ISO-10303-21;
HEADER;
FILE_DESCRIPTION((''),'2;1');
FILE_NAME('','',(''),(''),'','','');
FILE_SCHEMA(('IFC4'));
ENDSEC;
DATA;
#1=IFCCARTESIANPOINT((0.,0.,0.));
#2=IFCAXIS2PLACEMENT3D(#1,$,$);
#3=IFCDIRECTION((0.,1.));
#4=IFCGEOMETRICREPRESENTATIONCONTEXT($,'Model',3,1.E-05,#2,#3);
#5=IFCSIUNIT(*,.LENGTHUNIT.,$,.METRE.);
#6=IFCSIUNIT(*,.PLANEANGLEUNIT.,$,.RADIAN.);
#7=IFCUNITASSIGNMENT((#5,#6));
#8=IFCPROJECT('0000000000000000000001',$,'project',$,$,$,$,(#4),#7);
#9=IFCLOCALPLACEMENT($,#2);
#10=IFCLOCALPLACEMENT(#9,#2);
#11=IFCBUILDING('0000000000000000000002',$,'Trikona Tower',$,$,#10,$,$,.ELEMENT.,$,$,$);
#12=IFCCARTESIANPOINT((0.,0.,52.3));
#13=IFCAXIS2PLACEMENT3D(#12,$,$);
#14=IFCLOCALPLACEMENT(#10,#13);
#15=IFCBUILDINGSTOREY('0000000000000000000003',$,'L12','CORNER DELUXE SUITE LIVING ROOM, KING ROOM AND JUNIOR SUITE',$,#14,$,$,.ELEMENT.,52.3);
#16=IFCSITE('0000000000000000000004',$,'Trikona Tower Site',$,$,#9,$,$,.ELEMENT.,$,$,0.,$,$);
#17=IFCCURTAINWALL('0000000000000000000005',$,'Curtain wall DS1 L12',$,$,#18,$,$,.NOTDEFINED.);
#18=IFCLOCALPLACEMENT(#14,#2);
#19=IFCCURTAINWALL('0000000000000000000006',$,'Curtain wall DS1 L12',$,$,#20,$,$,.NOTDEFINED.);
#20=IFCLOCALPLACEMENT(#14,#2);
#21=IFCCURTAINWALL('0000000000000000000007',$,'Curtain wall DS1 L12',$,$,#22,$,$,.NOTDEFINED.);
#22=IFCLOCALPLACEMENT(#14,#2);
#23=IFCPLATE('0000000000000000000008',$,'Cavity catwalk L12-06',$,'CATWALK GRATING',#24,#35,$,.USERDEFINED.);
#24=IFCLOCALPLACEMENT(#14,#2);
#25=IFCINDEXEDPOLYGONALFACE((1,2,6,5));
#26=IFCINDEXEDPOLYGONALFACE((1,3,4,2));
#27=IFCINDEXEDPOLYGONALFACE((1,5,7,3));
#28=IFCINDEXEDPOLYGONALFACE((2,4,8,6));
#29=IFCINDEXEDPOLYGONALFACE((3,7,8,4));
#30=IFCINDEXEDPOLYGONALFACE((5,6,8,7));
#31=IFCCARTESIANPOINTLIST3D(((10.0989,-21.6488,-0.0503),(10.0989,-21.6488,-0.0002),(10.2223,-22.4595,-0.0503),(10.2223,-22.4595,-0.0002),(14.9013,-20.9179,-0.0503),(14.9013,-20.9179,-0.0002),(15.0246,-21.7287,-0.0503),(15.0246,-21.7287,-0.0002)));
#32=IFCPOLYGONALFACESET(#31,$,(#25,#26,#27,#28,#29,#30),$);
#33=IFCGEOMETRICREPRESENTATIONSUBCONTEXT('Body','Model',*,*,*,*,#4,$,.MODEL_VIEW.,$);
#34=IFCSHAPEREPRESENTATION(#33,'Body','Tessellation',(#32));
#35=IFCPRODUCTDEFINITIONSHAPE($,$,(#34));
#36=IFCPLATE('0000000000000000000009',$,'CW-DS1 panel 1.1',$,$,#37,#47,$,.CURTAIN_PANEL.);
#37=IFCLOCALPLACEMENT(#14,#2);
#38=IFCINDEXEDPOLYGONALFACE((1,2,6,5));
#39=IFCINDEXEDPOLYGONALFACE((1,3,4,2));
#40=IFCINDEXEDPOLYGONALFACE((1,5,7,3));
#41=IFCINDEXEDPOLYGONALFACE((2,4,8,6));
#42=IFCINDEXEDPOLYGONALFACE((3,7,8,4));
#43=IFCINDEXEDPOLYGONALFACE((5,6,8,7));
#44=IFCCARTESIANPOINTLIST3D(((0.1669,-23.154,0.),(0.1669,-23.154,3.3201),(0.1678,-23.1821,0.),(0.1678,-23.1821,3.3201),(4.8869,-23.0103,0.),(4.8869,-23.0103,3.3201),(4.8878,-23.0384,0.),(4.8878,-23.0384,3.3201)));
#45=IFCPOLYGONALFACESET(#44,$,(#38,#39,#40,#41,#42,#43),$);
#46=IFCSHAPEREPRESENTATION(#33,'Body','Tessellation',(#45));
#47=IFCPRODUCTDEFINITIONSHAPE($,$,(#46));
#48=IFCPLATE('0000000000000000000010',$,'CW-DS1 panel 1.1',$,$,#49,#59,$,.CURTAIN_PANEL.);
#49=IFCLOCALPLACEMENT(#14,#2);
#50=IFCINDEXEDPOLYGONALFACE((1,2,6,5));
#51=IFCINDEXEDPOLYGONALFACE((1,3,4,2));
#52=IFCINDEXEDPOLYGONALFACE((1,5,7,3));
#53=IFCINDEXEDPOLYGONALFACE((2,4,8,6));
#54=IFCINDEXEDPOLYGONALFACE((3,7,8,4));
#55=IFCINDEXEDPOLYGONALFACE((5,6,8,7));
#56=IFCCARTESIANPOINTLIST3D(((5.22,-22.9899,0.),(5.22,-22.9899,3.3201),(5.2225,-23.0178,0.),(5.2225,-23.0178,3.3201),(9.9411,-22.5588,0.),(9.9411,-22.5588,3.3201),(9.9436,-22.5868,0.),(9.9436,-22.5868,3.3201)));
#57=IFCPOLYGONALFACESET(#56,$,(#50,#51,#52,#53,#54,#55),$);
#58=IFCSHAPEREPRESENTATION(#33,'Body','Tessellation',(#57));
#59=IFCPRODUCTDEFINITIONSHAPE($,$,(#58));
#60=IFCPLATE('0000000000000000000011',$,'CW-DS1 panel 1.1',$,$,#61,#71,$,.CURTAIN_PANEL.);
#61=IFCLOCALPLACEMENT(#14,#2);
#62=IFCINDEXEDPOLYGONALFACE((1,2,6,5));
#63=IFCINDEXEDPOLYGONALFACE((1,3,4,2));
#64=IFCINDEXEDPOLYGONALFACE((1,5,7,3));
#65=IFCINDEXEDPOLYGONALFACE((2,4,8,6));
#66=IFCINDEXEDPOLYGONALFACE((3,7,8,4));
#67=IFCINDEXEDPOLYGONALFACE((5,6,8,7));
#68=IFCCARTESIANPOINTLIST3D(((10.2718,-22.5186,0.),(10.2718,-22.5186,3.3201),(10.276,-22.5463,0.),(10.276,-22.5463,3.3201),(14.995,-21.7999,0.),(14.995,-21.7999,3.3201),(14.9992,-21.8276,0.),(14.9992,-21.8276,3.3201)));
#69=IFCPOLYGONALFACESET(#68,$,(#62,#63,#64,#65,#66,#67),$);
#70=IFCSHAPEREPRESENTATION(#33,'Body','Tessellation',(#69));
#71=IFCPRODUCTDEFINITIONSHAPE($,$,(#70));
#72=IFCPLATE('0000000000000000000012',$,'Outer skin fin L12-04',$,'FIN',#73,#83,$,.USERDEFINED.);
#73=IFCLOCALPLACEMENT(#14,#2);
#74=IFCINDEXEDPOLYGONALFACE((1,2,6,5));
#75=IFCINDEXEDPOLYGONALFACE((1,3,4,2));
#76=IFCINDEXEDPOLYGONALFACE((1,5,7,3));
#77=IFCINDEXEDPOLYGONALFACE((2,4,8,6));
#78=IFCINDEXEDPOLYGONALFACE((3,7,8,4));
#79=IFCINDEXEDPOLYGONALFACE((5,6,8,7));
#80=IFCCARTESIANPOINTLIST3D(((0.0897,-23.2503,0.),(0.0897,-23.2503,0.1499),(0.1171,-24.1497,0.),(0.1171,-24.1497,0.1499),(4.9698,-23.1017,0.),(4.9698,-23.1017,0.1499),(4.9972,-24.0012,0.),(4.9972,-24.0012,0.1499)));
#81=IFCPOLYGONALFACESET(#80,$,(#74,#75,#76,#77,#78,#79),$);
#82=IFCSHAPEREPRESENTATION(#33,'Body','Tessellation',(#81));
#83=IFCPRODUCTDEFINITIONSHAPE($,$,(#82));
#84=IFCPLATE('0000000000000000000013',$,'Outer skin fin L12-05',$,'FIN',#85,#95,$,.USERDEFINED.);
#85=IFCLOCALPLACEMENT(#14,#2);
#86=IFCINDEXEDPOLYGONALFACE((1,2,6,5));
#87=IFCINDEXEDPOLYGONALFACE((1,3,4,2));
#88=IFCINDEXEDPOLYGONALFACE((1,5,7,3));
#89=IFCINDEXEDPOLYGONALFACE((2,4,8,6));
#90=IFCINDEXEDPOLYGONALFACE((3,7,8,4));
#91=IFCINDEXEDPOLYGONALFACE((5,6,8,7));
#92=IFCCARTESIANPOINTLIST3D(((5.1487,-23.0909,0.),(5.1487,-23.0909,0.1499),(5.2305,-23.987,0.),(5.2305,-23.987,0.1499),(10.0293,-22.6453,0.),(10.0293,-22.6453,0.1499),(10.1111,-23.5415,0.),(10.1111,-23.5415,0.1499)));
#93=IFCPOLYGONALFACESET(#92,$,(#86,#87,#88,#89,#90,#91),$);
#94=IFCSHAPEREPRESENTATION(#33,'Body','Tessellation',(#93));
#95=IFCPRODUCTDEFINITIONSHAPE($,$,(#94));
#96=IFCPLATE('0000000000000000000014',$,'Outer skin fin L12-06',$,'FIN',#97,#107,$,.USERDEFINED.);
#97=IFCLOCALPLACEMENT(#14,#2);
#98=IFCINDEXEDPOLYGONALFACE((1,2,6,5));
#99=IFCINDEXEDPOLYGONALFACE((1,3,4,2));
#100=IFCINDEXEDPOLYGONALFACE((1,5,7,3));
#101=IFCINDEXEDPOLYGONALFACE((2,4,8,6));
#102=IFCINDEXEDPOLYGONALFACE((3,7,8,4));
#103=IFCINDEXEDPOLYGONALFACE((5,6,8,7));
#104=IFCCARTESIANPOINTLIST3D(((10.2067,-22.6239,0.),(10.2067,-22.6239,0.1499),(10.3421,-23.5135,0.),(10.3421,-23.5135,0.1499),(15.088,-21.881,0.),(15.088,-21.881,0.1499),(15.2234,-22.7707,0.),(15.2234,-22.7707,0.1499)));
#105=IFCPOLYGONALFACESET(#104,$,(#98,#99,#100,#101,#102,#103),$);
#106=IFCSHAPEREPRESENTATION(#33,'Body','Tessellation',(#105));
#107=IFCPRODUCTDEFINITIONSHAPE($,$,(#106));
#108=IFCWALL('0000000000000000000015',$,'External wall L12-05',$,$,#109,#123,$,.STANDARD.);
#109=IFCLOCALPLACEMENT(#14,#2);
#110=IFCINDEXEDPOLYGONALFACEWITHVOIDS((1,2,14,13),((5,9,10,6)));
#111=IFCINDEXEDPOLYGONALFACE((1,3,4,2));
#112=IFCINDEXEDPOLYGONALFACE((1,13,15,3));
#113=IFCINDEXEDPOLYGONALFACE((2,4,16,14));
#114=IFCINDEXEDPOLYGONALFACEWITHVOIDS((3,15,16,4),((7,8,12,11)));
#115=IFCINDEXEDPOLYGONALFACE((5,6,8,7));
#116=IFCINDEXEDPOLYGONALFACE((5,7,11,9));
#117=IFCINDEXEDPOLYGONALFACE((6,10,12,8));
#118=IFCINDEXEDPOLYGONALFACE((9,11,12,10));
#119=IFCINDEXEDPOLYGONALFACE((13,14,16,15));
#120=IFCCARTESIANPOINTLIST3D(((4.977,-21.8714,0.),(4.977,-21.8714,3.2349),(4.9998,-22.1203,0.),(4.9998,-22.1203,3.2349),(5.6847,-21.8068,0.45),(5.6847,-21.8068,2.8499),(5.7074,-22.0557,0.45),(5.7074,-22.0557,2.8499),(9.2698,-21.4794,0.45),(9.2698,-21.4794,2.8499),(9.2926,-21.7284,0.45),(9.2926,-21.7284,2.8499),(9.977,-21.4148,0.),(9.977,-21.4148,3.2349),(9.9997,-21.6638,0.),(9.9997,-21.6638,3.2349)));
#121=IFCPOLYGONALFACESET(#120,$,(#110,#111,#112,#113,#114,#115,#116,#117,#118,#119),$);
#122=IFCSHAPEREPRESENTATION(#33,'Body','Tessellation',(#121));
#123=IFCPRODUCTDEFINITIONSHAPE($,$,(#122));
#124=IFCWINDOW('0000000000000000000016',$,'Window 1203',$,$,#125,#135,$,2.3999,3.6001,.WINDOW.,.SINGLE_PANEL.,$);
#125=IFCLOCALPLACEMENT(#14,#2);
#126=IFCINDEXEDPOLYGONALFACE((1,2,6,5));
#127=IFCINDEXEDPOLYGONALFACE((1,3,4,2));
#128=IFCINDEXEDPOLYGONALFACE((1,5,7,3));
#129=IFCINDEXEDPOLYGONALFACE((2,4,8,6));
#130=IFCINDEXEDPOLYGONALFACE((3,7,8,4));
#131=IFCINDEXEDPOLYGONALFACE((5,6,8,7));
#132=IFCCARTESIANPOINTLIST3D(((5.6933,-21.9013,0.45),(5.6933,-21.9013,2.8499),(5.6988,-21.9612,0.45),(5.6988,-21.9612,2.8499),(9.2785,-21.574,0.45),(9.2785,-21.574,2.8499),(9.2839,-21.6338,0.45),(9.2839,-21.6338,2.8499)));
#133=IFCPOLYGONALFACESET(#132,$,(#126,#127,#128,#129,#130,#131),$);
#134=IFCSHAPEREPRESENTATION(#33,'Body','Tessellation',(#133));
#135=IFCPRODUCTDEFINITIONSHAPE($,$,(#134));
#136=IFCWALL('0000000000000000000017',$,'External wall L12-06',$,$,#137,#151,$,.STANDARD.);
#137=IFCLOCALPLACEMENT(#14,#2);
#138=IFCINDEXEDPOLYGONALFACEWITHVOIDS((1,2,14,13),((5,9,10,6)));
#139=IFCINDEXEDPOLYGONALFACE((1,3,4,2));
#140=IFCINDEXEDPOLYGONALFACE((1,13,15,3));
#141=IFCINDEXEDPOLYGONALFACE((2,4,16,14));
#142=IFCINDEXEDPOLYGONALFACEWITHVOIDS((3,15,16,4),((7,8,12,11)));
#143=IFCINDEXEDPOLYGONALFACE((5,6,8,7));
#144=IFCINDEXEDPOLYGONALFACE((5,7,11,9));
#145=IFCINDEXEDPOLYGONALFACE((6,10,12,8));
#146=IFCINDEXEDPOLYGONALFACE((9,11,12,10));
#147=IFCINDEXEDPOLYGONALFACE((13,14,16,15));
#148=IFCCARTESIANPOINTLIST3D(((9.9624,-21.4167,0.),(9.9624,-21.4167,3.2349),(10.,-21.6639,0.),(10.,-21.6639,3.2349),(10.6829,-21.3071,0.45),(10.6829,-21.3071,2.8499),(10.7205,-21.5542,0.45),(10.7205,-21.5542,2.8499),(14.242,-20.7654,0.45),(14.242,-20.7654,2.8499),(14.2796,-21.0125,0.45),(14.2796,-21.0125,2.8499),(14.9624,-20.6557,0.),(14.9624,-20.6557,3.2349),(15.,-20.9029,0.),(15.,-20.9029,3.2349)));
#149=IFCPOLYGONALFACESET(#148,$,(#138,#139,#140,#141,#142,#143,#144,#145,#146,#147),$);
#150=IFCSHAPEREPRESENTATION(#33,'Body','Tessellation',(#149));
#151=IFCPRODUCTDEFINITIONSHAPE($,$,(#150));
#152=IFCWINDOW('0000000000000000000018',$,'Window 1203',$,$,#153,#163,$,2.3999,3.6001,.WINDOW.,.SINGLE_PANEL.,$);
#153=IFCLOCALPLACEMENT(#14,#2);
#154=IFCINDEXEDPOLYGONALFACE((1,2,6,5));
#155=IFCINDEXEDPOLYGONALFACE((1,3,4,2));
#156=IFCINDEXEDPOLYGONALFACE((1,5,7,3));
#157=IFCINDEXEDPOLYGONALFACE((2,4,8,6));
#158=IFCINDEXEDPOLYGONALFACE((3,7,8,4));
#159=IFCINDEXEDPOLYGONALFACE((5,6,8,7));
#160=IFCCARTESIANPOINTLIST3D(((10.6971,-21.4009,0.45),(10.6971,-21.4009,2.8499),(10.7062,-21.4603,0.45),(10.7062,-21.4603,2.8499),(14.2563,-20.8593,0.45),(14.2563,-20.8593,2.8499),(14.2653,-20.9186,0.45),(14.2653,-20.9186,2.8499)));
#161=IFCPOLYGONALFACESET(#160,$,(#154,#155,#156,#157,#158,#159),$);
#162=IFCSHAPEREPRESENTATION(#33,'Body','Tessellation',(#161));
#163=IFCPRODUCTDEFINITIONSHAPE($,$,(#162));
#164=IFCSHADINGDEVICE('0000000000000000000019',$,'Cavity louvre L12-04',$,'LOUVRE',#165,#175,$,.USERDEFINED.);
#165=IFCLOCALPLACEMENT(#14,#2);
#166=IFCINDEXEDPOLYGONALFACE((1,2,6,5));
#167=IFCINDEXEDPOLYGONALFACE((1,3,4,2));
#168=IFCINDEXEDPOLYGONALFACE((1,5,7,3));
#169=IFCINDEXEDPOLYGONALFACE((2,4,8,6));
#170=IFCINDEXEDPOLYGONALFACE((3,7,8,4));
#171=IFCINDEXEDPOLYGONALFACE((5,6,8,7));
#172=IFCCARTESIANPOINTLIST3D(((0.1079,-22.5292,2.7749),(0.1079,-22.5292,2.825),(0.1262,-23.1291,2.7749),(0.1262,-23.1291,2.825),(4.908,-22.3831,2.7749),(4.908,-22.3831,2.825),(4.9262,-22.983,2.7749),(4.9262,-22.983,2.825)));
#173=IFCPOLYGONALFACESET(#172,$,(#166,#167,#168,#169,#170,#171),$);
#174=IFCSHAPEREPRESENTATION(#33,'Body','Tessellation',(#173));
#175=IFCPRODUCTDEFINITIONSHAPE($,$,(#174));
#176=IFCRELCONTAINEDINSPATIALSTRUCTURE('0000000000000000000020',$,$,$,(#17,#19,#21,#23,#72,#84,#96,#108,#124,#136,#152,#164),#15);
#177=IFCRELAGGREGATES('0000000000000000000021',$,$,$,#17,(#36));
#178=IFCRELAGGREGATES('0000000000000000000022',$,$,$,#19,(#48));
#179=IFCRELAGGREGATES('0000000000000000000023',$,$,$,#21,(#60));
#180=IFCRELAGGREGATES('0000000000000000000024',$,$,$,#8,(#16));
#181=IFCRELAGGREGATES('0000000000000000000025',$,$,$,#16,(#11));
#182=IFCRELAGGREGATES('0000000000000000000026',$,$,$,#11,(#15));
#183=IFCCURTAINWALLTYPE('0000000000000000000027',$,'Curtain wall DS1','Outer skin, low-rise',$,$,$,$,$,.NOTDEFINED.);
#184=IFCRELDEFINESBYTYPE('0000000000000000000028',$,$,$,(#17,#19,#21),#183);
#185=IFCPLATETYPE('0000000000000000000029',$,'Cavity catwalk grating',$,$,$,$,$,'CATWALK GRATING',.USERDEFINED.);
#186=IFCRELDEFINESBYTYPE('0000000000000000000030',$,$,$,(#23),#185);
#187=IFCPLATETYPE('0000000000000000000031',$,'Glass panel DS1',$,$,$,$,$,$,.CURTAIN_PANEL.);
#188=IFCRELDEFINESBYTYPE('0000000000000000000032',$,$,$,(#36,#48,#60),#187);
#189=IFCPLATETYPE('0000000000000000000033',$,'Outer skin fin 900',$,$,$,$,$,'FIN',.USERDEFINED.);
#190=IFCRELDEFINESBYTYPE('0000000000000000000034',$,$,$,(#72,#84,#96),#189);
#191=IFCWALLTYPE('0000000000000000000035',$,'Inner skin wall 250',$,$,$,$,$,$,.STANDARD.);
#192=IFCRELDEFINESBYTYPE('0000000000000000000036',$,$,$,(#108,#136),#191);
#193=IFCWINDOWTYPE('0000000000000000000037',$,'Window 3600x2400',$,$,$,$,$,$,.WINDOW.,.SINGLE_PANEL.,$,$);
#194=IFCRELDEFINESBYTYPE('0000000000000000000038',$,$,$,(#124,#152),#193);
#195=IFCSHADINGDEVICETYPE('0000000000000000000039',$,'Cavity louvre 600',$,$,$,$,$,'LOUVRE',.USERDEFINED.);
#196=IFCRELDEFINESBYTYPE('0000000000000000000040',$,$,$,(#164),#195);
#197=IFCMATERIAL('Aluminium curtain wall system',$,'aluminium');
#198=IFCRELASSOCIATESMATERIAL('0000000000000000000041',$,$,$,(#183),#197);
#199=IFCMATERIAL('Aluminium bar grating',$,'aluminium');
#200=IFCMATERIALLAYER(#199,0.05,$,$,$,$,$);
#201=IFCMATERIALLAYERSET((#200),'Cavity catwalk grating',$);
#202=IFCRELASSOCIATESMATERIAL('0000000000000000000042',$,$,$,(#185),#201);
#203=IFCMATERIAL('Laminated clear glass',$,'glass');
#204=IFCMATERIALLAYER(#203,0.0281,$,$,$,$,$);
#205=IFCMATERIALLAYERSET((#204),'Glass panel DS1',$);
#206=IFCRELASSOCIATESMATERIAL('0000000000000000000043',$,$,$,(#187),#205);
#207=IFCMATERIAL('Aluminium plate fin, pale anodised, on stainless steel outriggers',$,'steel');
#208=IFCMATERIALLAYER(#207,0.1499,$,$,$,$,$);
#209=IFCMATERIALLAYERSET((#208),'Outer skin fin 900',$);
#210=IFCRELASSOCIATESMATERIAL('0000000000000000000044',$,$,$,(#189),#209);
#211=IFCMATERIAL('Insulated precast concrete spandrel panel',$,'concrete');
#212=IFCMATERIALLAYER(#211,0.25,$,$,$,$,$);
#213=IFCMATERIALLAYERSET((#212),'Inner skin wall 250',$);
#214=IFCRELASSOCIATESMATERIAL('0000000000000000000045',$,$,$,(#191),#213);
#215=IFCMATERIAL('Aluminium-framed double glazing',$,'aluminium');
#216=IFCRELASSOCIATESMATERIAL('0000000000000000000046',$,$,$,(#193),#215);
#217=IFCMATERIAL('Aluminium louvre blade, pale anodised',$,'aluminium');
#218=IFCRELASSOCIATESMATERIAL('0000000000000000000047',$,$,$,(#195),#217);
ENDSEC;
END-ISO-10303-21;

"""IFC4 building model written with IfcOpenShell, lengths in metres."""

from ifc_helpers import new_model, si_unit, direction, frame, frame_2d, origin, origin_2d, place, context, subcontext, project, spatial, rectangle, extrude, material, layer, layer_set, type_object, element, fill, aggregate, save


model = new_model("IFC4")

# Units and contexts
model_context = context("Model", 3, precision=1e-05, world=origin(), true_north=direction((0.0, 1.0)))
body_context = subcontext(model_context, "Body", "Model", "MODEL_VIEW")
ifc_project = project(units=[si_unit("LENGTHUNIT", "METRE"), si_unit("PLANEANGLEUNIT", "RADIAN")], contexts=[model_context])

# Site, building, storey
site_placement = place(None, origin())
site = spatial("IfcSite", under=ifc_project, at=site_placement, Name="Trikona Tower Site", CompositionType="ELEMENT", RefElevation=0.0)
building_placement = place(site_placement, origin())
building = spatial("IfcBuilding", under=site, at=building_placement, Name="Trikona Tower", CompositionType="ELEMENT")
storey_placement = place(building_placement, frame((0.0, 0.0, 52.3)))
storey = spatial("IfcBuildingStorey", under=building, at=storey_placement, Name="L12", Description="CORNER DELUXE SUITE LIVING ROOM, KING ROOM AND JUNIOR SUITE", CompositionType="ELEMENT", Elevation=52.3)

# Curtain walls
ifc_material_1 = material(Name="Aluminium curtain wall system", Category="aluminium")
curtain_wall_type = type_object("IfcCurtainWallType", Name="Curtain wall DS1", Description="Outer skin, low-rise", PredefinedType="NOTDEFINED", material=ifc_material_1)
curtain_wall_1_placement = place(storey_placement, origin())
curtain_wall_1 = element("IfcCurtainWall", 1, at=curtain_wall_1_placement, inside=storey, type_object=curtain_wall_type, Name="Curtain wall DS1 L12", PredefinedType="NOTDEFINED")
curtain_wall_2_placement = place(storey_placement, origin())
curtain_wall_2 = element("IfcCurtainWall", 2, at=curtain_wall_2_placement, inside=storey, type_object=curtain_wall_type, Name="Curtain wall DS1 L12", PredefinedType="NOTDEFINED")

# Curtain wall
curtain_wall_3_placement = place(storey_placement, origin())
curtain_wall_3 = element("IfcCurtainWall", 3, at=curtain_wall_3_placement, inside=storey, type_object=curtain_wall_type, Name="Curtain wall DS1 L12", PredefinedType="NOTDEFINED")

# Plate
ifc_material_2 = material(Name="Aluminium bar grating", Category="aluminium")
ifc_layer_1 = layer(ifc_material_2, 0.05)
ifc_layer_set_1 = layer_set([ifc_layer_1], Name="Cavity catwalk grating")
plate_type_1 = type_object("IfcPlateType", Name="Cavity catwalk grating", ElementType="CATWALK GRATING", PredefinedType="USERDEFINED", material=ifc_layer_set_1)
plate_1_placement = place(storey_placement, frame((12.5618, -21.6887, -0.0503), z_axis=(0.0, 0.0, 1.0), x_axis=(0.988618, 0.150448, 0.0)))
element("IfcPlate", 4, at=plate_1_placement, inside=storey, type_object=plate_type_1, Name="Cavity catwalk L12-06", ObjectType="CATWALK GRATING", PredefinedType="USERDEFINED", context=body_context, shape_type="SweptSolid", body=[
    extrude(rectangle(XDim=4.8577, YDim=0.8201, at=origin_2d()), origin(), (0.0, 0.0, 1.0), 0.05),
])

# Plates
ifc_material_3 = material(Name="Laminated clear glass", Category="glass")
ifc_layer_2 = layer(ifc_material_3, 0.0281)
ifc_layer_set_2 = layer_set([ifc_layer_2], Name="Glass panel DS1")
plate_type_2 = type_object("IfcPlateType", Name="Glass panel DS1", PredefinedType="CURTAIN_PANEL", material=ifc_layer_set_2)
plate_2_placement = place(storey_placement, frame((2.5273, -23.0962, 0.0), z_axis=(0.0, 0.0, 1.0), x_axis=(0.999537, 0.030437, 0.0)))
plate_2 = element("IfcPlate", 5, at=plate_2_placement, type_object=plate_type_2, Name="CW-DS1 panel 1.1", PredefinedType="CURTAIN_PANEL", context=body_context, shape_type="SweptSolid", body=[
    extrude(rectangle(XDim=4.7222, YDim=0.0281, at=origin_2d()), origin(), (0.0, 0.0, 1.0), 3.3201),
])
aggregate(curtain_wall_1, [plate_2])
plate_3_placement = place(storey_placement, frame((7.5818, -22.7883, 0.0), z_axis=(0.0, 0.0, 1.0), x_axis=(0.995858, 0.090924, 0.0)))
plate_3 = element("IfcPlate", 6, at=plate_3_placement, type_object=plate_type_2, Name="CW-DS1 panel 1.1", PredefinedType="CURTAIN_PANEL", context=body_context, shape_type="SweptSolid", body=[
    extrude(rectangle(XDim=4.7407, YDim=0.0281, at=origin_2d()), origin(), (0.0, 0.0, 1.0), 3.3201),
])
aggregate(curtain_wall_2, [plate_3])
plate_4_placement = place(storey_placement, frame((12.6355, -22.1731, 0.0), z_axis=(0.0, 0.0, 1.0), x_axis=(0.988619, 0.150438, 0.0)))
plate_4 = element("IfcPlate", 7, at=plate_4_placement, type_object=plate_type_2, Name="CW-DS1 panel 1.1", PredefinedType="CURTAIN_PANEL", context=body_context, shape_type="SweptSolid", body=[
    extrude(rectangle(XDim=4.7776, YDim=0.0281, at=origin_2d()), origin(), (0.0, 0.0, 1.0), 3.3201),
])
aggregate(curtain_wall_3, [plate_4])

# Plates
ifc_material_4 = material(Name="Aluminium plate fin, pale anodised, on stainless steel outriggers", Category="steel")
ifc_layer_3 = layer(ifc_material_4, 0.1499)
ifc_layer_set_3 = layer_set([ifc_layer_3], Name="Outer skin fin 900")
plate_type_3 = type_object("IfcPlateType", Name="Outer skin fin 900", ElementType="FIN", PredefinedType="USERDEFINED", material=ifc_layer_set_3)
plate_5_placement = place(storey_placement, frame((2.5435, -23.6257, 0.0), z_axis=(0.0, 0.0, 1.0), x_axis=(0.999537, 0.030425, 0.0)))
element("IfcPlate", 8, at=plate_5_placement, inside=storey, type_object=plate_type_3, Name="Outer skin fin L12-04", ObjectType="FIN", PredefinedType="USERDEFINED", context=body_context, shape_type="SweptSolid", body=[
    extrude(rectangle(XDim=4.8823, YDim=0.8999, at=origin_2d()), origin(), (0.0, 0.0, 1.0), 0.1499),
])
plate_6_placement = place(storey_placement, frame((7.6299, -23.3162, 0.0), z_axis=(0.0, 0.0, 1.0), x_axis=(0.995858, 0.090921, 0.0)))
element("IfcPlate", 9, at=plate_6_placement, inside=storey, type_object=plate_type_3, Name="Outer skin fin L12-05", ObjectType="FIN", PredefinedType="USERDEFINED", context=body_context, shape_type="SweptSolid", body=[
    extrude(rectangle(XDim=4.9009, YDim=0.8999, at=origin_2d()), origin(), (0.0, 0.0, 1.0), 0.1499),
])
plate_7_placement = place(storey_placement, frame((12.7151, -22.6973, 0.0), z_axis=(0.0, 0.0, 1.0), x_axis=(0.988618, 0.150448, 0.0)))
element("IfcPlate", 10, at=plate_7_placement, inside=storey, type_object=plate_type_3, Name="Outer skin fin L12-06", ObjectType="FIN", PredefinedType="USERDEFINED", context=body_context, shape_type="SweptSolid", body=[
    extrude(rectangle(XDim=4.9375, YDim=0.8999, at=origin_2d()), origin(), (0.0, 0.0, 1.0), 0.1499),
])

# Walls, openings, windows
ifc_material_5 = material(Name="Insulated precast concrete spandrel panel", Category="concrete")
ifc_layer_4 = layer(ifc_material_5, 0.25)
ifc_layer_set_4 = layer_set([ifc_layer_4], Name="Inner skin wall 250")
wall_type = type_object("IfcWallType", Name="Inner skin wall 250", PredefinedType="STANDARD", material=ifc_layer_set_4)
wall_1_placement = place(storey_placement, frame((4.9885, -21.9958, 0.0), z_axis=(0.0, 0.0, 1.0), x_axis=(0.995857, 0.09093, 0.0)))
wall_1 = element("IfcWall", 11, at=wall_1_placement, inside=storey, type_object=wall_type, Name="External wall L12-05", PredefinedType="STANDARD", context=body_context, shape_type="SweptSolid", body=[
    extrude(rectangle(XDim=5.0208, YDim=0.25, at=frame_2d((2.5103, 0.0))), origin(), (0.0, 0.0, 1.0), 3.2349),
])
opening_1_placement = place(wall_1_placement, frame((0.7104, 0.0, 0.45)))
opening_1 = element("IfcOpeningElement", 12, at=opening_1_placement, cuts=wall_1, PredefinedType="OPENING", context=body_context, shape_type="SweptSolid", body=[
    extrude(rectangle(XDim=3.6001, YDim=2.3999, at=frame_2d((1.8, 1.2))), frame((0.0, 0.135, 0.0), z_axis=(0.0, -1.0, 0.0), x_axis=(1.0, 0.0, 0.0)), (0.0, 0.0, 1.0), 0.27),
])
ifc_material_6 = material(Name="Aluminium-framed double glazing", Category="aluminium")
window_type = type_object("IfcWindowType", Name="Window 3600x2400", PartitioningType="SINGLE_PANEL", PredefinedType="WINDOW", material=ifc_material_6)
window_1_placement = place(opening_1_placement, origin())
window_1 = element("IfcWindow", 13, at=window_1_placement, inside=storey, type_object=window_type, Name="Window 1203", OverallHeight=2.3999, OverallWidth=3.6001, PartitioningType="SINGLE_PANEL", PredefinedType="WINDOW", context=body_context, shape_type="SweptSolid", body=[
    extrude(rectangle(XDim=3.6001, YDim=2.3999, at=frame_2d((1.8, 1.2))), frame((0.0, 0.03, 0.0), z_axis=(0.0, -1.0, 0.0), x_axis=(1.0, 0.0, 0.0)), (0.0, 0.0, 1.0), 0.0601),
])
fill(opening_1, window_1)
wall_2_placement = place(storey_placement, frame((9.9812, -21.5403, 0.0), z_axis=(0.0, 0.0, 1.0), x_axis=(0.988615, 0.150465, 0.0)))
wall_2 = element("IfcWall", 14, at=wall_2_placement, inside=storey, type_object=wall_type, Name="External wall L12-06", PredefinedType="STANDARD", context=body_context, shape_type="SweptSolid", body=[
    extrude(rectangle(XDim=5.0576, YDim=0.25, at=frame_2d((2.5288, 0.0))), origin(), (0.0, 0.0, 1.0), 3.2349),
])
opening_2_placement = place(wall_2_placement, frame((0.7288, 0.0, 0.45)))
opening_2 = element("IfcOpeningElement", 15, at=opening_2_placement, cuts=wall_2, PredefinedType="OPENING", context=body_context, shape_type="SweptSolid", body=[
    extrude(rectangle(XDim=3.6001, YDim=2.3999, at=frame_2d((1.8, 1.2))), frame((0.0, 0.135, 0.0), z_axis=(0.0, -1.0, 0.0), x_axis=(1.0, 0.0, 0.0)), (0.0, 0.0, 1.0), 0.27),
])
window_2_placement = place(opening_2_placement, origin())
window_2 = element("IfcWindow", 16, at=window_2_placement, inside=storey, type_object=window_type, Name="Window 1203", OverallHeight=2.3999, OverallWidth=3.6001, PartitioningType="SINGLE_PANEL", PredefinedType="WINDOW", context=body_context, shape_type="SweptSolid", body=[
    extrude(rectangle(XDim=3.6001, YDim=2.3999, at=frame_2d((1.8, 1.2))), frame((0.0, 0.03, 0.0), z_axis=(0.0, -1.0, 0.0), x_axis=(1.0, 0.0, 0.0)), (0.0, 0.0, 1.0), 0.0601),
])
fill(opening_2, window_2)

# Shading device
ifc_material_7 = material(Name="Aluminium louvre blade, pale anodised", Category="aluminium")
shading_device_type = type_object("IfcShadingDeviceType", Name="Cavity louvre 600", ElementType="LOUVRE", PredefinedType="USERDEFINED", material=ifc_material_7)
shading_device_1_placement = place(storey_placement, frame((2.5171, -22.7561, 2.7749), z_axis=(0.0, 0.0, 1.0), x_axis=(0.999537, 0.030425, 0.0)))
element("IfcShadingDevice", 17, at=shading_device_1_placement, inside=storey, type_object=shading_device_type, Name="Cavity louvre L12-04", ObjectType="LOUVRE", PredefinedType="USERDEFINED", context=body_context, shape_type="SweptSolid", body=[
    extrude(rectangle(XDim=4.8022, YDim=0.6001, at=origin_2d()), origin(), (0.0, 0.0, 1.0), 0.05),
])

save(model, "model.ifc")
